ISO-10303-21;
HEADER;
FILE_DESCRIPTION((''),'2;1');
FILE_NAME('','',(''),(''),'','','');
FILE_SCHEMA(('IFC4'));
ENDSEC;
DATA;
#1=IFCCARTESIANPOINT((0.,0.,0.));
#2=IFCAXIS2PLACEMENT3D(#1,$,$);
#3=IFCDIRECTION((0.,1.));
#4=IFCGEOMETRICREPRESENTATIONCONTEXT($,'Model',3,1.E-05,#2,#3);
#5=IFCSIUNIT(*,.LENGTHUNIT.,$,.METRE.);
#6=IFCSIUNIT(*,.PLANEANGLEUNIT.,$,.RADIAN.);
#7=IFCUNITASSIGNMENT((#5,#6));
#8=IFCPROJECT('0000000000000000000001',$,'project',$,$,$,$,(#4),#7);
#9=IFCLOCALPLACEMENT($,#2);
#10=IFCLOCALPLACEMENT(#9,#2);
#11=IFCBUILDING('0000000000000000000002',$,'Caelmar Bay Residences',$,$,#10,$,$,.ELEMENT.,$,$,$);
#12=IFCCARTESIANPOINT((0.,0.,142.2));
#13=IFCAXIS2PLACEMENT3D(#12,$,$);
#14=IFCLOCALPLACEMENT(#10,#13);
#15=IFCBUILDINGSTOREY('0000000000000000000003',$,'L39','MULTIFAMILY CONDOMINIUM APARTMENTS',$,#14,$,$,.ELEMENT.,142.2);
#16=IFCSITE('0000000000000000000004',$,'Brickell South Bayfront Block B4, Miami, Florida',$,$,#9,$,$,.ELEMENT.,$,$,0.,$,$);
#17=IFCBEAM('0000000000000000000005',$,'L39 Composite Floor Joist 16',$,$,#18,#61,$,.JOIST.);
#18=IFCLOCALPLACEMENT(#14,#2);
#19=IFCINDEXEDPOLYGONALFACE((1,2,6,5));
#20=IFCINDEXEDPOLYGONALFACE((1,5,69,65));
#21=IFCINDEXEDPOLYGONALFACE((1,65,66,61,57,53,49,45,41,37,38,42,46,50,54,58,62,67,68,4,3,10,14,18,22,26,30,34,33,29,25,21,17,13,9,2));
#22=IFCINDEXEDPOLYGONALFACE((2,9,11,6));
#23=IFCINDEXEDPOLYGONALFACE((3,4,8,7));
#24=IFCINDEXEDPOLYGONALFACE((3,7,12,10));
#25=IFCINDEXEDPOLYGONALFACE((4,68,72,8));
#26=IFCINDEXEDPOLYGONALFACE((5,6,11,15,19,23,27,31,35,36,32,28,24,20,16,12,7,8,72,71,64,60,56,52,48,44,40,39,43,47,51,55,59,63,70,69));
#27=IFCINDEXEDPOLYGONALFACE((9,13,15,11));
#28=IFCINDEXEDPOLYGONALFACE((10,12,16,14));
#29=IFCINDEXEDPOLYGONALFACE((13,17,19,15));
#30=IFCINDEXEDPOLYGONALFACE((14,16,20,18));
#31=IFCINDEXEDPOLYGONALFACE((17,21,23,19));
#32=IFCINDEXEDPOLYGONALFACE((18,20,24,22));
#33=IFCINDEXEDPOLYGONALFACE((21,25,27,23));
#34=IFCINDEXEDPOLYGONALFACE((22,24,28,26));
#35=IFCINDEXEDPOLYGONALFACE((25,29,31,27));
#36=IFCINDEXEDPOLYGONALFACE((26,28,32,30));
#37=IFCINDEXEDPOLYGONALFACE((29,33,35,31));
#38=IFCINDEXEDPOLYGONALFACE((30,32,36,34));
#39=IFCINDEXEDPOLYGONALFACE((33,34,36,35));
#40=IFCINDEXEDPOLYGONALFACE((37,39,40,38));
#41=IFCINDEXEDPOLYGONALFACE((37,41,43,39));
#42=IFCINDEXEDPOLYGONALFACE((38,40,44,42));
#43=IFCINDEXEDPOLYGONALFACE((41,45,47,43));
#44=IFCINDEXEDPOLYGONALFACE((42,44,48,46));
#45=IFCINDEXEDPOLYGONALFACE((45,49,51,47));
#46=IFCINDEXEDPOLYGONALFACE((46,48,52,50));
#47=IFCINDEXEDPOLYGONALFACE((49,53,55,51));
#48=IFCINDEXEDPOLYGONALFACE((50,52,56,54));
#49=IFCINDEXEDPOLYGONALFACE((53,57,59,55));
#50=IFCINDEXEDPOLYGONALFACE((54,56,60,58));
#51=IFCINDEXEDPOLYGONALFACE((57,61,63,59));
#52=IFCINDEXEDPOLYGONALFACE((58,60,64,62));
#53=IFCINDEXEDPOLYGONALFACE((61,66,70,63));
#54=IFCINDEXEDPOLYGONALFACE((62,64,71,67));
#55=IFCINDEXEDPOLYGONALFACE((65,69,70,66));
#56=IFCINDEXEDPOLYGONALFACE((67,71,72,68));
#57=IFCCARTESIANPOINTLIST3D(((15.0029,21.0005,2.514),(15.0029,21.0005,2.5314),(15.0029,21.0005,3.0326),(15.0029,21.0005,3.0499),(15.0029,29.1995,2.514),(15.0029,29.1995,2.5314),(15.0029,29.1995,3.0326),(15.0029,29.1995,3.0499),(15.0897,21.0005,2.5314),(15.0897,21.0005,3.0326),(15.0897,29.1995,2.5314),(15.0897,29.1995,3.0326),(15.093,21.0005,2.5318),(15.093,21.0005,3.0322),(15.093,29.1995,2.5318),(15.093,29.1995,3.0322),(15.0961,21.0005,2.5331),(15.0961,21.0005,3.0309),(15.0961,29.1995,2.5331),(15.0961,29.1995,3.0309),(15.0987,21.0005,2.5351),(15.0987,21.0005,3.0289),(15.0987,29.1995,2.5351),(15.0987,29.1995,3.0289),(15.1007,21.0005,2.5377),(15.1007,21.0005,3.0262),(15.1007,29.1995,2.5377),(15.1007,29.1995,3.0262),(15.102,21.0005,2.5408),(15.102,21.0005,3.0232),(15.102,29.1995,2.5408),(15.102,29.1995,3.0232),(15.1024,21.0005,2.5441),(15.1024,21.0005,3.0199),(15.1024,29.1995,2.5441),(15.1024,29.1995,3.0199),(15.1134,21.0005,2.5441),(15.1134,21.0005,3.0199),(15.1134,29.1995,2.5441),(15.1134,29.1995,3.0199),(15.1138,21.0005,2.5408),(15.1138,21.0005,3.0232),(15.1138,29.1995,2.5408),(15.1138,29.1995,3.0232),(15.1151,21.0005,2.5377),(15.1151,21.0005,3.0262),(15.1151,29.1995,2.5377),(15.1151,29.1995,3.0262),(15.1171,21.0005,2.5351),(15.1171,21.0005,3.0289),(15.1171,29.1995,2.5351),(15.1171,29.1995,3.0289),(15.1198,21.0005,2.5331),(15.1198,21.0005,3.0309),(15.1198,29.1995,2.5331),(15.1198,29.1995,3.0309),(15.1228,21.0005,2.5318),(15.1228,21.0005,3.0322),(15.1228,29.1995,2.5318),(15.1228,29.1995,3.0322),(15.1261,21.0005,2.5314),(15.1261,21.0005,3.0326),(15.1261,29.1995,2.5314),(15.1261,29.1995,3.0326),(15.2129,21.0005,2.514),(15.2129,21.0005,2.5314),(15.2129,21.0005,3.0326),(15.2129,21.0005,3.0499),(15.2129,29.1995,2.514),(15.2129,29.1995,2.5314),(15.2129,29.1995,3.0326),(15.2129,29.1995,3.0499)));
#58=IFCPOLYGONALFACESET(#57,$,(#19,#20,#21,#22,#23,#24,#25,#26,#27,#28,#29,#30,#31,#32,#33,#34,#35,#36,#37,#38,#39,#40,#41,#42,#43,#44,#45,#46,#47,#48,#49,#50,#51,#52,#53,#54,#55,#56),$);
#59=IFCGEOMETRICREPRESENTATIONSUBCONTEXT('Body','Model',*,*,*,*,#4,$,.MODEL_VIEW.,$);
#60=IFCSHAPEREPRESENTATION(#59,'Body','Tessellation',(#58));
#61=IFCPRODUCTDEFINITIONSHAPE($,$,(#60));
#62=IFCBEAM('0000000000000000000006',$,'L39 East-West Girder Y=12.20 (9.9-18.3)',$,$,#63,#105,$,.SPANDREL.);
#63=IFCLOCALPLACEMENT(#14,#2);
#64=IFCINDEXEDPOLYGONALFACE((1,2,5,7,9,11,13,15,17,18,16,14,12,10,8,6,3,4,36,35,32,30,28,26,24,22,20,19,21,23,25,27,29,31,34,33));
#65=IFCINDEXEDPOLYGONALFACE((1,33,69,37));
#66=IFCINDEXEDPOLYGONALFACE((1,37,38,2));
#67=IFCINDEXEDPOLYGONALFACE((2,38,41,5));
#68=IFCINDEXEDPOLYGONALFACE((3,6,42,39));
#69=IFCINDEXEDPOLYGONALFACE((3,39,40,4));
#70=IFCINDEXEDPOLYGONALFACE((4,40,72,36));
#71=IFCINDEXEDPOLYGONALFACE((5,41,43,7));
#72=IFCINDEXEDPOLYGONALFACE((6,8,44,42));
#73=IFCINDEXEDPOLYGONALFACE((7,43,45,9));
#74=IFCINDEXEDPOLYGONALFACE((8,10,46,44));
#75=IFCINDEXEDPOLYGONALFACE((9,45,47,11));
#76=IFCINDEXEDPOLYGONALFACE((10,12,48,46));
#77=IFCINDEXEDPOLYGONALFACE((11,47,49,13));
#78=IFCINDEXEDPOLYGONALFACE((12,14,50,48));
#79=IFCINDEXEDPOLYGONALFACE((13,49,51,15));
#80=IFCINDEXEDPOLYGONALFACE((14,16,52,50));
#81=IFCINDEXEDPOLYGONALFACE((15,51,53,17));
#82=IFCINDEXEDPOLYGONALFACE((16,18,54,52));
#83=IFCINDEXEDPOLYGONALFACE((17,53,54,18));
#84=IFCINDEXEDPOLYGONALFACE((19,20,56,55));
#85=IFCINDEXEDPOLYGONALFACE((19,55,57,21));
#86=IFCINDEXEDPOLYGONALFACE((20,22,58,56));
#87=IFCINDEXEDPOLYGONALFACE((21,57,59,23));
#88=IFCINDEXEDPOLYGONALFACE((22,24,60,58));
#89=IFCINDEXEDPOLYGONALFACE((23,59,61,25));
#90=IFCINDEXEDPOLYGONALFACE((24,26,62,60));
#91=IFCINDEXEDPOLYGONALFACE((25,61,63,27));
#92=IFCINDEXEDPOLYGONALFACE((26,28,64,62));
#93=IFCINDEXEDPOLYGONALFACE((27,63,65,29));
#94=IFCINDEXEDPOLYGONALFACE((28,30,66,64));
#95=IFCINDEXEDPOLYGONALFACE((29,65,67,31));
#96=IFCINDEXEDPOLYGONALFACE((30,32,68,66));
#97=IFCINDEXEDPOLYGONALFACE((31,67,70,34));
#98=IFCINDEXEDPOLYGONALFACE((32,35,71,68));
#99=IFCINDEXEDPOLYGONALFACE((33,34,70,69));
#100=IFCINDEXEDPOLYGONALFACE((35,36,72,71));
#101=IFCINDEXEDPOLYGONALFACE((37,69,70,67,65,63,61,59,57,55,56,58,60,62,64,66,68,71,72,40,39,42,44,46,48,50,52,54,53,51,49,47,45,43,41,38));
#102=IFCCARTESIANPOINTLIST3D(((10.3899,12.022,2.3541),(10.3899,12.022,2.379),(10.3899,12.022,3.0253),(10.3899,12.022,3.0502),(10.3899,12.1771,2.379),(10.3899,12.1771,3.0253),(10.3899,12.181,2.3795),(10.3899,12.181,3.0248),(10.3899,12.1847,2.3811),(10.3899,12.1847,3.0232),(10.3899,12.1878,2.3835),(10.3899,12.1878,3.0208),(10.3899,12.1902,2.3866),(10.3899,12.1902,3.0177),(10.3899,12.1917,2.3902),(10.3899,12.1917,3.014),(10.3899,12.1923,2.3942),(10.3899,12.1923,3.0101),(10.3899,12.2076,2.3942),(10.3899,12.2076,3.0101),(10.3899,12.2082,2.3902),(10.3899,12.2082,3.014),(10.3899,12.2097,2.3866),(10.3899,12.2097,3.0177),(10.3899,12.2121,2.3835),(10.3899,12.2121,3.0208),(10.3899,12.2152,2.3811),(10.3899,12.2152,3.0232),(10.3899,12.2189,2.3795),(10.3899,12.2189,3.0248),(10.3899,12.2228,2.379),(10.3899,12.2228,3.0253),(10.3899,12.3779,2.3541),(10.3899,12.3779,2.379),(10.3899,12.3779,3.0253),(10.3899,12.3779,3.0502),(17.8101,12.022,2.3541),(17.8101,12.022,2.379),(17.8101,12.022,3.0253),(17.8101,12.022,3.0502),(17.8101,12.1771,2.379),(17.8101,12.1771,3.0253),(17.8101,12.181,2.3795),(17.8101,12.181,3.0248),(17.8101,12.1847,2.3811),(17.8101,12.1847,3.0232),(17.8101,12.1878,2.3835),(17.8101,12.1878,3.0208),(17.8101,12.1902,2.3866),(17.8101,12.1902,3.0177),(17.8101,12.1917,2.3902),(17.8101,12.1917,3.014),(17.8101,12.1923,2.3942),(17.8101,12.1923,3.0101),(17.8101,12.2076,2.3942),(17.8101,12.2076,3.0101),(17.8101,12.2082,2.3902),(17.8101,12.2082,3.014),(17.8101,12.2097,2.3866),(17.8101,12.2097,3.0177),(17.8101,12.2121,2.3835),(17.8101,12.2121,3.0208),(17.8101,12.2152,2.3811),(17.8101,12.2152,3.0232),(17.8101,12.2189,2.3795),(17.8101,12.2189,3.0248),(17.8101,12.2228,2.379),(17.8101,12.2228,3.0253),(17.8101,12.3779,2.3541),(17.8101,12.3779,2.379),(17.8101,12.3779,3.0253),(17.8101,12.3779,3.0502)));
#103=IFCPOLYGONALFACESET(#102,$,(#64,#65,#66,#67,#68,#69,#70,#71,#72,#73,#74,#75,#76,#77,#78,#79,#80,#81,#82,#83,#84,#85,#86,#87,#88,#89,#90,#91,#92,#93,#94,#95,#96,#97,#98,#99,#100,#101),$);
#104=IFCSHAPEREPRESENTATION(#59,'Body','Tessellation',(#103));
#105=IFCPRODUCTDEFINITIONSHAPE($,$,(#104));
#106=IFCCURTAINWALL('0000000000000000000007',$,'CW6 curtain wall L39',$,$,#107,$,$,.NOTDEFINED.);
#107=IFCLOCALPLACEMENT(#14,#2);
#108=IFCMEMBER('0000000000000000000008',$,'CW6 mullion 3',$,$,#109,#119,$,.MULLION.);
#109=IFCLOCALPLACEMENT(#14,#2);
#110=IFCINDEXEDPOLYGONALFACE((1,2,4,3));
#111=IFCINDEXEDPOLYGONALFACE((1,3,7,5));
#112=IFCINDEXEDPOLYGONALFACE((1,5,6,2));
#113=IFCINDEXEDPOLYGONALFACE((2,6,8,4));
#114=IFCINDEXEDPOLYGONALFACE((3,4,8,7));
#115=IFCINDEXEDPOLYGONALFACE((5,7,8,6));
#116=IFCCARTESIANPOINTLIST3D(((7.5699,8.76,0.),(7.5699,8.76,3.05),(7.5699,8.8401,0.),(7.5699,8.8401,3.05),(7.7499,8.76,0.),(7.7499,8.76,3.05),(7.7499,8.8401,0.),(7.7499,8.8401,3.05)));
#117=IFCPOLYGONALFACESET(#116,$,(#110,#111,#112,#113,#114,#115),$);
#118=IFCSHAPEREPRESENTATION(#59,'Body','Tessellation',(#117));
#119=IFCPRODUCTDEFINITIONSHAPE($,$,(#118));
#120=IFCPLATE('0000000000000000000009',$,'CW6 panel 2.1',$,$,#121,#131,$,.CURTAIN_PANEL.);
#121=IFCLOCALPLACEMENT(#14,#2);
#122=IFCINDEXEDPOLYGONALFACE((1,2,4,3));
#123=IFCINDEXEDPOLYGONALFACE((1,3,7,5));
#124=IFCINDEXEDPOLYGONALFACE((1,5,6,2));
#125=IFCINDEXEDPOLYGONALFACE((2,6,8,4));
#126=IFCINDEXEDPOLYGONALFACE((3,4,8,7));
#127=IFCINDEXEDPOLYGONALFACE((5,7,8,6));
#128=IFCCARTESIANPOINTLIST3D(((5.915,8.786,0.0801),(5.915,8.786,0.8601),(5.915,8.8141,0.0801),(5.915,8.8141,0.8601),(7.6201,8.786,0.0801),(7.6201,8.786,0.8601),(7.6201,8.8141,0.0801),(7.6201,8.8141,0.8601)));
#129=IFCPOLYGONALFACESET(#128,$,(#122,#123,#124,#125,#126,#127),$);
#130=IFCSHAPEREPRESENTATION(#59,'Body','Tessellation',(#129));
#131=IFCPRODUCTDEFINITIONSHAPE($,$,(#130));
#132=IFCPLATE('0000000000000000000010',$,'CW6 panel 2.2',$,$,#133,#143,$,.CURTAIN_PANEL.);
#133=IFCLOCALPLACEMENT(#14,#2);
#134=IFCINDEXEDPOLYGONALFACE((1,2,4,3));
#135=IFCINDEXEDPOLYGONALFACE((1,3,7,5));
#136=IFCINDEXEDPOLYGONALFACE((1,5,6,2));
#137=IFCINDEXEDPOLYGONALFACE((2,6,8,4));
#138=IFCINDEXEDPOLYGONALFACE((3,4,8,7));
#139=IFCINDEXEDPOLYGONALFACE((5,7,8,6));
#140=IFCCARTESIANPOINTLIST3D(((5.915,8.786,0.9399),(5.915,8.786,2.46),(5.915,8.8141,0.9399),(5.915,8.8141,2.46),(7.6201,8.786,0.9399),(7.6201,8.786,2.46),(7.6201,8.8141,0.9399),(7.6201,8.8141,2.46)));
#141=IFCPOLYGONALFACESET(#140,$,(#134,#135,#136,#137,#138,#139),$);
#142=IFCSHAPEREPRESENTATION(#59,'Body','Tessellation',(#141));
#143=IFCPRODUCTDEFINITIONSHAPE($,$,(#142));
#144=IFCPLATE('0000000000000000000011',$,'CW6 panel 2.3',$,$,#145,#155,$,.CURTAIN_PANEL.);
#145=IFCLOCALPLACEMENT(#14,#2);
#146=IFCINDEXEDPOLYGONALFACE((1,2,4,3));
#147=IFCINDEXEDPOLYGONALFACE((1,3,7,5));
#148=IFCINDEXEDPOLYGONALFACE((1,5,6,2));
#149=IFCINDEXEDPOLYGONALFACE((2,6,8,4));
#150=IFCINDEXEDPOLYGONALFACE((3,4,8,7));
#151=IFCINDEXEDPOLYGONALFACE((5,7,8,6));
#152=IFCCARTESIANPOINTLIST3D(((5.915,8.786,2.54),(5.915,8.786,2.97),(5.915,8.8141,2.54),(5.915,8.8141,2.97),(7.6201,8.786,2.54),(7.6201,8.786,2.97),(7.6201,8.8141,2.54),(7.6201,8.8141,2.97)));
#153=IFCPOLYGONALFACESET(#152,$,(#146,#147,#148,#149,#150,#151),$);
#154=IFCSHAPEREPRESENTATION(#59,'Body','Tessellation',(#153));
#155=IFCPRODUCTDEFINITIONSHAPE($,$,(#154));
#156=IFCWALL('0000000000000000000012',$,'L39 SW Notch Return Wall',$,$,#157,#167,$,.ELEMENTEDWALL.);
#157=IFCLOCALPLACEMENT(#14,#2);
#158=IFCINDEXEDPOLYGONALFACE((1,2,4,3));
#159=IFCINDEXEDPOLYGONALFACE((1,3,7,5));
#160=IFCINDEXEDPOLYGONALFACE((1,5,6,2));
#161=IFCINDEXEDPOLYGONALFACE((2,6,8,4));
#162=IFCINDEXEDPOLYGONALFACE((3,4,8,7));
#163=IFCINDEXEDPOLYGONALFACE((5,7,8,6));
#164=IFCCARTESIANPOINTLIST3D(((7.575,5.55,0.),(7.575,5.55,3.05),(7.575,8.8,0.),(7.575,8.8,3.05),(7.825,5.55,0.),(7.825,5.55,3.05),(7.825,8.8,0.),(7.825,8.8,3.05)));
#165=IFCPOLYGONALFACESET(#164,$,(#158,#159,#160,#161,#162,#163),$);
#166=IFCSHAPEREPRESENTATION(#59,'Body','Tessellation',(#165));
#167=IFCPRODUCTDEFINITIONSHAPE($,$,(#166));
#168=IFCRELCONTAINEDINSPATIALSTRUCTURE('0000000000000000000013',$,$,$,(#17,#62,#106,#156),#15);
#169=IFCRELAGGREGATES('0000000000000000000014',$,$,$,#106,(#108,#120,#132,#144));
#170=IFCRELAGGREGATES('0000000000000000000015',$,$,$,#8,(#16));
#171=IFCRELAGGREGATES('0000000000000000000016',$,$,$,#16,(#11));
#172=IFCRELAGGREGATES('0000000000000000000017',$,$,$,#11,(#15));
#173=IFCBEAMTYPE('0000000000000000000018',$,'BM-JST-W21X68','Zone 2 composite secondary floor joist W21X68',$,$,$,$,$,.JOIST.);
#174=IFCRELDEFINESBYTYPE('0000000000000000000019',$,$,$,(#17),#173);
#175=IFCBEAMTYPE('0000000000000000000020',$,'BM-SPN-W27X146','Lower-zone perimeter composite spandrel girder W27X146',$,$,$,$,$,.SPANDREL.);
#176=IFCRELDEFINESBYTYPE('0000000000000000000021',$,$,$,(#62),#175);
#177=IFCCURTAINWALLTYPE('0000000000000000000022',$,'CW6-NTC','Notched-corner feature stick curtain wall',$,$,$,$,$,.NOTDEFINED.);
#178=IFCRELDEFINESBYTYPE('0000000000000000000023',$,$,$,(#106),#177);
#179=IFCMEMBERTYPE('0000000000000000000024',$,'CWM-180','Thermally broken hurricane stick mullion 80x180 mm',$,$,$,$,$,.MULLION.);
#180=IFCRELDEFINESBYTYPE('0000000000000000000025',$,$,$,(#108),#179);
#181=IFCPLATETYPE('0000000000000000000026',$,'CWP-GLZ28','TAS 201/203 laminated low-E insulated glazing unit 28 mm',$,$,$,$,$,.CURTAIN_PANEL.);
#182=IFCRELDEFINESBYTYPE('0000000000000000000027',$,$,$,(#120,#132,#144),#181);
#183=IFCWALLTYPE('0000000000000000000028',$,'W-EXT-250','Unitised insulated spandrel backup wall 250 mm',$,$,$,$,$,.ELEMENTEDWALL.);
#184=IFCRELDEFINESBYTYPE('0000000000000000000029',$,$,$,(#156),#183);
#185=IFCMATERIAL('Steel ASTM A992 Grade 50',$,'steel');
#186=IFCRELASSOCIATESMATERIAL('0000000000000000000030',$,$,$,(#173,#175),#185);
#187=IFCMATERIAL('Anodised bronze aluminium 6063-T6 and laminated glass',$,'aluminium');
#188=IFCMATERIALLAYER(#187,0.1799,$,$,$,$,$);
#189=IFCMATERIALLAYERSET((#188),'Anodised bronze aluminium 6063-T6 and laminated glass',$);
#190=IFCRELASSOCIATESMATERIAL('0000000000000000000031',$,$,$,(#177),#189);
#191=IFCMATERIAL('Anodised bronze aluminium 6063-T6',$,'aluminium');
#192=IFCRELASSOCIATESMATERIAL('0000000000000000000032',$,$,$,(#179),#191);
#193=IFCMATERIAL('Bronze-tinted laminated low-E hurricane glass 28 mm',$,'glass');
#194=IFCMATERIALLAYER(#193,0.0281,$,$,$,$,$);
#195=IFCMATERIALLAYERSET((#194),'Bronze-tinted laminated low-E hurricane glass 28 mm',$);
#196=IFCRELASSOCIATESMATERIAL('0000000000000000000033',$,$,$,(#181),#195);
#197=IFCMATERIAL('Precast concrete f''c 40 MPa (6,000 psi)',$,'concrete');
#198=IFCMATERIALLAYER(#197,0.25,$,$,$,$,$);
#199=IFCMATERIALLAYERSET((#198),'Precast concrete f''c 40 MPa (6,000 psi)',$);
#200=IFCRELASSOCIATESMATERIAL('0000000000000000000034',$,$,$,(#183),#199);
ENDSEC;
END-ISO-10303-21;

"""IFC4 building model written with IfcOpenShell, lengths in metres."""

from ifc_helpers import new_model, si_unit, direction, frame, frame_2d, origin, origin_2d, place, context, subcontext, project, spatial, rectangle, i_section, extrude, material, layer, layer_set, material_profile, profile_set, type_object, element, aggregate, save


model = new_model("IFC4")

# Units and contexts
model_context = context("Model", 3, precision=1e-05, world=origin(), true_north=direction((0.0, 1.0)))
body_context = subcontext(model_context, "Body", "Model", "MODEL_VIEW")
ifc_project = project(units=[si_unit("LENGTHUNIT", "METRE"), si_unit("PLANEANGLEUNIT", "RADIAN")], contexts=[model_context])

# Site, building, storey
site_placement = place(None, origin())
site = spatial("IfcSite", under=ifc_project, at=site_placement, Name="Brickell South Bayfront Block B4, Miami, Florida", CompositionType="ELEMENT", RefElevation=0.0)
building_placement = place(site_placement, origin())
building = spatial("IfcBuilding", under=site, at=building_placement, Name="Caelmar Bay Residences", CompositionType="ELEMENT")
storey_placement = place(building_placement, frame((0.0, 0.0, 142.2)))
storey = spatial("IfcBuildingStorey", under=building, at=storey_placement, Name="L39", Description="MULTIFAMILY CONDOMINIUM APARTMENTS", CompositionType="ELEMENT", Elevation=142.2)

# Beams
ifc_material_1 = material(Name="Steel ASTM A992 Grade 50", Category="steel")
ifc_material_profile_1 = material_profile(ifc_material_1, i_section(OverallWidth=0.21, OverallDepth=0.5359, WebThickness=0.011, FlangeThickness=0.0173, FilletRadius=0.0127, at=origin_2d()), Name="W21X68")
ifc_profile_set_1 = profile_set([ifc_material_profile_1], Name="Steel ASTM A992 Grade 50")
beam_type_1 = type_object("IfcBeamType", Name="BM-JST-W21X68", Description="Zone 2 composite secondary floor joist W21X68", PredefinedType="JOIST", material=ifc_profile_set_1)
beam_1_placement = place(storey_placement, frame((15.1079, 21.0005, 2.782), z_axis=(0.0, 1.0, 0.0), x_axis=(-1.0, 0.0, 0.0)))
element("IfcBeam", 1, at=beam_1_placement, inside=storey, type_object=beam_type_1, Name="L39 Composite Floor Joist 16", PredefinedType="JOIST", context=body_context, shape_type="SweptSolid", body=[
    extrude(i_section(OverallWidth=0.21, OverallDepth=0.5359, WebThickness=0.011, FlangeThickness=0.0173, FilletRadius=0.0127, at=origin_2d()), origin(), (0.0, 0.0, 1.0), 8.199),
])
ifc_material_profile_2 = material_profile(ifc_material_1, i_section(OverallWidth=0.356, OverallDepth=0.696, WebThickness=0.0154, FlangeThickness=0.0249, FilletRadius=0.0151, at=origin_2d()), Name="W27X146")
ifc_profile_set_2 = profile_set([ifc_material_profile_2], Name="Steel ASTM A992 Grade 50")
beam_type_2 = type_object("IfcBeamType", Name="BM-SPN-W27X146", Description="Lower-zone perimeter composite spandrel girder W27X146", PredefinedType="SPANDREL", material=ifc_profile_set_2)
beam_2_placement = place(storey_placement, frame((10.3899, 12.2, 2.7021), z_axis=(1.0, 0.0, 0.0), x_axis=(0.0, 1.0, 0.0)))
element("IfcBeam", 2, at=beam_2_placement, inside=storey, type_object=beam_type_2, Name="L39 East-West Girder Y=12.20 (9.9-18.3)", PredefinedType="SPANDREL", context=body_context, shape_type="SweptSolid", body=[
    extrude(i_section(OverallWidth=0.356, OverallDepth=0.696, WebThickness=0.0154, FlangeThickness=0.0249, FilletRadius=0.0151, at=origin_2d()), origin(), (0.0, 0.0, 1.0), 7.4202),
])

# Curtain wall, member, plates
ifc_material_2 = material(Name="Anodised bronze aluminium 6063-T6 and laminated glass", Category="aluminium")
ifc_layer_1 = layer(ifc_material_2, 0.1799)
ifc_layer_set_1 = layer_set([ifc_layer_1], Name="Anodised bronze aluminium 6063-T6 and laminated glass")
curtain_wall_type = type_object("IfcCurtainWallType", Name="CW6-NTC", Description="Notched-corner feature stick curtain wall", PredefinedType="NOTDEFINED", material=ifc_layer_set_1)
curtain_wall_placement = place(storey_placement, origin())
curtain_wall = element("IfcCurtainWall", 3, at=curtain_wall_placement, inside=storey, type_object=curtain_wall_type, Name="CW6 curtain wall L39", PredefinedType="NOTDEFINED")
ifc_material_3 = material(Name="Anodised bronze aluminium 6063-T6", Category="aluminium")
ifc_material_profile_3 = material_profile(ifc_material_3, rectangle(XDim=0.0801, YDim=0.1799, at=origin_2d()), Name="CWM-80X180")
ifc_profile_set_3 = profile_set([ifc_material_profile_3], Name="Anodised bronze aluminium 6063-T6")
member_type = type_object("IfcMemberType", Name="CWM-180", Description="Thermally broken hurricane stick mullion 80x180 mm", PredefinedType="MULLION", material=ifc_profile_set_3)
member_placement = place(storey_placement, frame((7.6599, 8.8, 0.0), z_axis=(0.0, 0.0, 1.0), x_axis=(0.0, 1.0, 0.0)))
member = element("IfcMember", 4, at=member_placement, type_object=member_type, Name="CW6 mullion 3", PredefinedType="MULLION", context=body_context, shape_type="SweptSolid", body=[
    extrude(rectangle(XDim=0.0801, YDim=0.1799, at=origin_2d()), origin(), (0.0, 0.0, 1.0), 3.05),
])
ifc_material_4 = material(Name="Bronze-tinted laminated low-E hurricane glass 28 mm", Category="glass")
ifc_layer_2 = layer(ifc_material_4, 0.0281)
ifc_layer_set_2 = layer_set([ifc_layer_2], Name="Bronze-tinted laminated low-E hurricane glass 28 mm")
plate_type = type_object("IfcPlateType", Name="CWP-GLZ28", Description="TAS 201/203 laminated low-E insulated glazing unit 28 mm", PredefinedType="CURTAIN_PANEL", material=ifc_layer_set_2)
plate_1_placement = place(storey_placement, frame((6.7676, 8.8, 0.0801), z_axis=(0.0, 0.0, 1.0), x_axis=(1.0, 0.0, 0.0)))
plate_1 = element("IfcPlate", 5, at=plate_1_placement, type_object=plate_type, Name="CW6 panel 2.1", PredefinedType="CURTAIN_PANEL", context=body_context, shape_type="SweptSolid", body=[
    extrude(rectangle(XDim=1.7051, YDim=0.0281, at=origin_2d()), origin(), (0.0, 0.0, 1.0), 0.78),
])
plate_2_placement = place(storey_placement, frame((6.7676, 8.8, 0.9399), z_axis=(0.0, 0.0, 1.0), x_axis=(1.0, 0.0, 0.0)))
plate_2 = element("IfcPlate", 6, at=plate_2_placement, type_object=plate_type, Name="CW6 panel 2.2", PredefinedType="CURTAIN_PANEL", context=body_context, shape_type="SweptSolid", body=[
    extrude(rectangle(XDim=1.7051, YDim=0.0281, at=origin_2d()), origin(), (0.0, 0.0, 1.0), 1.52),
])
plate_3_placement = place(storey_placement, frame((6.7676, 8.8, 2.54), z_axis=(0.0, 0.0, 1.0), x_axis=(1.0, 0.0, 0.0)))
plate_3 = element("IfcPlate", 7, at=plate_3_placement, type_object=plate_type, Name="CW6 panel 2.3", PredefinedType="CURTAIN_PANEL", context=body_context, shape_type="SweptSolid", body=[
    extrude(rectangle(XDim=1.7051, YDim=0.0281, at=origin_2d()), origin(), (0.0, 0.0, 1.0), 0.4299),
])
aggregate(curtain_wall, [member, plate_1, plate_2, plate_3])

# Wall
ifc_material_5 = material(Name="Precast concrete f'c 40 MPa (6,000 psi)", Category="concrete")
ifc_layer_3 = layer(ifc_material_5, 0.25)
ifc_layer_set_3 = layer_set([ifc_layer_3], Name="Precast concrete f'c 40 MPa (6,000 psi)")
wall_type_1 = type_object("IfcWallType", Name="W-EXT-250", Description="Unitised insulated spandrel backup wall 250 mm", PredefinedType="ELEMENTEDWALL", material=ifc_layer_set_3)
wall_1_placement = place(storey_placement, frame((7.7, 8.8, 0.0), z_axis=(0.0, 0.0, 1.0), x_axis=(0.0, -1.0, 0.0)))
element("IfcWall", 8, at=wall_1_placement, inside=storey, type_object=wall_type_1, Name="L39 SW Notch Return Wall", PredefinedType="ELEMENTEDWALL", context=body_context, shape_type="SweptSolid", body=[
    extrude(rectangle(XDim=3.25, YDim=0.25, at=frame_2d((1.625, 0.0))), origin(), (0.0, 0.0, 1.0), 3.05),
])

save(model, "model.ifc")
